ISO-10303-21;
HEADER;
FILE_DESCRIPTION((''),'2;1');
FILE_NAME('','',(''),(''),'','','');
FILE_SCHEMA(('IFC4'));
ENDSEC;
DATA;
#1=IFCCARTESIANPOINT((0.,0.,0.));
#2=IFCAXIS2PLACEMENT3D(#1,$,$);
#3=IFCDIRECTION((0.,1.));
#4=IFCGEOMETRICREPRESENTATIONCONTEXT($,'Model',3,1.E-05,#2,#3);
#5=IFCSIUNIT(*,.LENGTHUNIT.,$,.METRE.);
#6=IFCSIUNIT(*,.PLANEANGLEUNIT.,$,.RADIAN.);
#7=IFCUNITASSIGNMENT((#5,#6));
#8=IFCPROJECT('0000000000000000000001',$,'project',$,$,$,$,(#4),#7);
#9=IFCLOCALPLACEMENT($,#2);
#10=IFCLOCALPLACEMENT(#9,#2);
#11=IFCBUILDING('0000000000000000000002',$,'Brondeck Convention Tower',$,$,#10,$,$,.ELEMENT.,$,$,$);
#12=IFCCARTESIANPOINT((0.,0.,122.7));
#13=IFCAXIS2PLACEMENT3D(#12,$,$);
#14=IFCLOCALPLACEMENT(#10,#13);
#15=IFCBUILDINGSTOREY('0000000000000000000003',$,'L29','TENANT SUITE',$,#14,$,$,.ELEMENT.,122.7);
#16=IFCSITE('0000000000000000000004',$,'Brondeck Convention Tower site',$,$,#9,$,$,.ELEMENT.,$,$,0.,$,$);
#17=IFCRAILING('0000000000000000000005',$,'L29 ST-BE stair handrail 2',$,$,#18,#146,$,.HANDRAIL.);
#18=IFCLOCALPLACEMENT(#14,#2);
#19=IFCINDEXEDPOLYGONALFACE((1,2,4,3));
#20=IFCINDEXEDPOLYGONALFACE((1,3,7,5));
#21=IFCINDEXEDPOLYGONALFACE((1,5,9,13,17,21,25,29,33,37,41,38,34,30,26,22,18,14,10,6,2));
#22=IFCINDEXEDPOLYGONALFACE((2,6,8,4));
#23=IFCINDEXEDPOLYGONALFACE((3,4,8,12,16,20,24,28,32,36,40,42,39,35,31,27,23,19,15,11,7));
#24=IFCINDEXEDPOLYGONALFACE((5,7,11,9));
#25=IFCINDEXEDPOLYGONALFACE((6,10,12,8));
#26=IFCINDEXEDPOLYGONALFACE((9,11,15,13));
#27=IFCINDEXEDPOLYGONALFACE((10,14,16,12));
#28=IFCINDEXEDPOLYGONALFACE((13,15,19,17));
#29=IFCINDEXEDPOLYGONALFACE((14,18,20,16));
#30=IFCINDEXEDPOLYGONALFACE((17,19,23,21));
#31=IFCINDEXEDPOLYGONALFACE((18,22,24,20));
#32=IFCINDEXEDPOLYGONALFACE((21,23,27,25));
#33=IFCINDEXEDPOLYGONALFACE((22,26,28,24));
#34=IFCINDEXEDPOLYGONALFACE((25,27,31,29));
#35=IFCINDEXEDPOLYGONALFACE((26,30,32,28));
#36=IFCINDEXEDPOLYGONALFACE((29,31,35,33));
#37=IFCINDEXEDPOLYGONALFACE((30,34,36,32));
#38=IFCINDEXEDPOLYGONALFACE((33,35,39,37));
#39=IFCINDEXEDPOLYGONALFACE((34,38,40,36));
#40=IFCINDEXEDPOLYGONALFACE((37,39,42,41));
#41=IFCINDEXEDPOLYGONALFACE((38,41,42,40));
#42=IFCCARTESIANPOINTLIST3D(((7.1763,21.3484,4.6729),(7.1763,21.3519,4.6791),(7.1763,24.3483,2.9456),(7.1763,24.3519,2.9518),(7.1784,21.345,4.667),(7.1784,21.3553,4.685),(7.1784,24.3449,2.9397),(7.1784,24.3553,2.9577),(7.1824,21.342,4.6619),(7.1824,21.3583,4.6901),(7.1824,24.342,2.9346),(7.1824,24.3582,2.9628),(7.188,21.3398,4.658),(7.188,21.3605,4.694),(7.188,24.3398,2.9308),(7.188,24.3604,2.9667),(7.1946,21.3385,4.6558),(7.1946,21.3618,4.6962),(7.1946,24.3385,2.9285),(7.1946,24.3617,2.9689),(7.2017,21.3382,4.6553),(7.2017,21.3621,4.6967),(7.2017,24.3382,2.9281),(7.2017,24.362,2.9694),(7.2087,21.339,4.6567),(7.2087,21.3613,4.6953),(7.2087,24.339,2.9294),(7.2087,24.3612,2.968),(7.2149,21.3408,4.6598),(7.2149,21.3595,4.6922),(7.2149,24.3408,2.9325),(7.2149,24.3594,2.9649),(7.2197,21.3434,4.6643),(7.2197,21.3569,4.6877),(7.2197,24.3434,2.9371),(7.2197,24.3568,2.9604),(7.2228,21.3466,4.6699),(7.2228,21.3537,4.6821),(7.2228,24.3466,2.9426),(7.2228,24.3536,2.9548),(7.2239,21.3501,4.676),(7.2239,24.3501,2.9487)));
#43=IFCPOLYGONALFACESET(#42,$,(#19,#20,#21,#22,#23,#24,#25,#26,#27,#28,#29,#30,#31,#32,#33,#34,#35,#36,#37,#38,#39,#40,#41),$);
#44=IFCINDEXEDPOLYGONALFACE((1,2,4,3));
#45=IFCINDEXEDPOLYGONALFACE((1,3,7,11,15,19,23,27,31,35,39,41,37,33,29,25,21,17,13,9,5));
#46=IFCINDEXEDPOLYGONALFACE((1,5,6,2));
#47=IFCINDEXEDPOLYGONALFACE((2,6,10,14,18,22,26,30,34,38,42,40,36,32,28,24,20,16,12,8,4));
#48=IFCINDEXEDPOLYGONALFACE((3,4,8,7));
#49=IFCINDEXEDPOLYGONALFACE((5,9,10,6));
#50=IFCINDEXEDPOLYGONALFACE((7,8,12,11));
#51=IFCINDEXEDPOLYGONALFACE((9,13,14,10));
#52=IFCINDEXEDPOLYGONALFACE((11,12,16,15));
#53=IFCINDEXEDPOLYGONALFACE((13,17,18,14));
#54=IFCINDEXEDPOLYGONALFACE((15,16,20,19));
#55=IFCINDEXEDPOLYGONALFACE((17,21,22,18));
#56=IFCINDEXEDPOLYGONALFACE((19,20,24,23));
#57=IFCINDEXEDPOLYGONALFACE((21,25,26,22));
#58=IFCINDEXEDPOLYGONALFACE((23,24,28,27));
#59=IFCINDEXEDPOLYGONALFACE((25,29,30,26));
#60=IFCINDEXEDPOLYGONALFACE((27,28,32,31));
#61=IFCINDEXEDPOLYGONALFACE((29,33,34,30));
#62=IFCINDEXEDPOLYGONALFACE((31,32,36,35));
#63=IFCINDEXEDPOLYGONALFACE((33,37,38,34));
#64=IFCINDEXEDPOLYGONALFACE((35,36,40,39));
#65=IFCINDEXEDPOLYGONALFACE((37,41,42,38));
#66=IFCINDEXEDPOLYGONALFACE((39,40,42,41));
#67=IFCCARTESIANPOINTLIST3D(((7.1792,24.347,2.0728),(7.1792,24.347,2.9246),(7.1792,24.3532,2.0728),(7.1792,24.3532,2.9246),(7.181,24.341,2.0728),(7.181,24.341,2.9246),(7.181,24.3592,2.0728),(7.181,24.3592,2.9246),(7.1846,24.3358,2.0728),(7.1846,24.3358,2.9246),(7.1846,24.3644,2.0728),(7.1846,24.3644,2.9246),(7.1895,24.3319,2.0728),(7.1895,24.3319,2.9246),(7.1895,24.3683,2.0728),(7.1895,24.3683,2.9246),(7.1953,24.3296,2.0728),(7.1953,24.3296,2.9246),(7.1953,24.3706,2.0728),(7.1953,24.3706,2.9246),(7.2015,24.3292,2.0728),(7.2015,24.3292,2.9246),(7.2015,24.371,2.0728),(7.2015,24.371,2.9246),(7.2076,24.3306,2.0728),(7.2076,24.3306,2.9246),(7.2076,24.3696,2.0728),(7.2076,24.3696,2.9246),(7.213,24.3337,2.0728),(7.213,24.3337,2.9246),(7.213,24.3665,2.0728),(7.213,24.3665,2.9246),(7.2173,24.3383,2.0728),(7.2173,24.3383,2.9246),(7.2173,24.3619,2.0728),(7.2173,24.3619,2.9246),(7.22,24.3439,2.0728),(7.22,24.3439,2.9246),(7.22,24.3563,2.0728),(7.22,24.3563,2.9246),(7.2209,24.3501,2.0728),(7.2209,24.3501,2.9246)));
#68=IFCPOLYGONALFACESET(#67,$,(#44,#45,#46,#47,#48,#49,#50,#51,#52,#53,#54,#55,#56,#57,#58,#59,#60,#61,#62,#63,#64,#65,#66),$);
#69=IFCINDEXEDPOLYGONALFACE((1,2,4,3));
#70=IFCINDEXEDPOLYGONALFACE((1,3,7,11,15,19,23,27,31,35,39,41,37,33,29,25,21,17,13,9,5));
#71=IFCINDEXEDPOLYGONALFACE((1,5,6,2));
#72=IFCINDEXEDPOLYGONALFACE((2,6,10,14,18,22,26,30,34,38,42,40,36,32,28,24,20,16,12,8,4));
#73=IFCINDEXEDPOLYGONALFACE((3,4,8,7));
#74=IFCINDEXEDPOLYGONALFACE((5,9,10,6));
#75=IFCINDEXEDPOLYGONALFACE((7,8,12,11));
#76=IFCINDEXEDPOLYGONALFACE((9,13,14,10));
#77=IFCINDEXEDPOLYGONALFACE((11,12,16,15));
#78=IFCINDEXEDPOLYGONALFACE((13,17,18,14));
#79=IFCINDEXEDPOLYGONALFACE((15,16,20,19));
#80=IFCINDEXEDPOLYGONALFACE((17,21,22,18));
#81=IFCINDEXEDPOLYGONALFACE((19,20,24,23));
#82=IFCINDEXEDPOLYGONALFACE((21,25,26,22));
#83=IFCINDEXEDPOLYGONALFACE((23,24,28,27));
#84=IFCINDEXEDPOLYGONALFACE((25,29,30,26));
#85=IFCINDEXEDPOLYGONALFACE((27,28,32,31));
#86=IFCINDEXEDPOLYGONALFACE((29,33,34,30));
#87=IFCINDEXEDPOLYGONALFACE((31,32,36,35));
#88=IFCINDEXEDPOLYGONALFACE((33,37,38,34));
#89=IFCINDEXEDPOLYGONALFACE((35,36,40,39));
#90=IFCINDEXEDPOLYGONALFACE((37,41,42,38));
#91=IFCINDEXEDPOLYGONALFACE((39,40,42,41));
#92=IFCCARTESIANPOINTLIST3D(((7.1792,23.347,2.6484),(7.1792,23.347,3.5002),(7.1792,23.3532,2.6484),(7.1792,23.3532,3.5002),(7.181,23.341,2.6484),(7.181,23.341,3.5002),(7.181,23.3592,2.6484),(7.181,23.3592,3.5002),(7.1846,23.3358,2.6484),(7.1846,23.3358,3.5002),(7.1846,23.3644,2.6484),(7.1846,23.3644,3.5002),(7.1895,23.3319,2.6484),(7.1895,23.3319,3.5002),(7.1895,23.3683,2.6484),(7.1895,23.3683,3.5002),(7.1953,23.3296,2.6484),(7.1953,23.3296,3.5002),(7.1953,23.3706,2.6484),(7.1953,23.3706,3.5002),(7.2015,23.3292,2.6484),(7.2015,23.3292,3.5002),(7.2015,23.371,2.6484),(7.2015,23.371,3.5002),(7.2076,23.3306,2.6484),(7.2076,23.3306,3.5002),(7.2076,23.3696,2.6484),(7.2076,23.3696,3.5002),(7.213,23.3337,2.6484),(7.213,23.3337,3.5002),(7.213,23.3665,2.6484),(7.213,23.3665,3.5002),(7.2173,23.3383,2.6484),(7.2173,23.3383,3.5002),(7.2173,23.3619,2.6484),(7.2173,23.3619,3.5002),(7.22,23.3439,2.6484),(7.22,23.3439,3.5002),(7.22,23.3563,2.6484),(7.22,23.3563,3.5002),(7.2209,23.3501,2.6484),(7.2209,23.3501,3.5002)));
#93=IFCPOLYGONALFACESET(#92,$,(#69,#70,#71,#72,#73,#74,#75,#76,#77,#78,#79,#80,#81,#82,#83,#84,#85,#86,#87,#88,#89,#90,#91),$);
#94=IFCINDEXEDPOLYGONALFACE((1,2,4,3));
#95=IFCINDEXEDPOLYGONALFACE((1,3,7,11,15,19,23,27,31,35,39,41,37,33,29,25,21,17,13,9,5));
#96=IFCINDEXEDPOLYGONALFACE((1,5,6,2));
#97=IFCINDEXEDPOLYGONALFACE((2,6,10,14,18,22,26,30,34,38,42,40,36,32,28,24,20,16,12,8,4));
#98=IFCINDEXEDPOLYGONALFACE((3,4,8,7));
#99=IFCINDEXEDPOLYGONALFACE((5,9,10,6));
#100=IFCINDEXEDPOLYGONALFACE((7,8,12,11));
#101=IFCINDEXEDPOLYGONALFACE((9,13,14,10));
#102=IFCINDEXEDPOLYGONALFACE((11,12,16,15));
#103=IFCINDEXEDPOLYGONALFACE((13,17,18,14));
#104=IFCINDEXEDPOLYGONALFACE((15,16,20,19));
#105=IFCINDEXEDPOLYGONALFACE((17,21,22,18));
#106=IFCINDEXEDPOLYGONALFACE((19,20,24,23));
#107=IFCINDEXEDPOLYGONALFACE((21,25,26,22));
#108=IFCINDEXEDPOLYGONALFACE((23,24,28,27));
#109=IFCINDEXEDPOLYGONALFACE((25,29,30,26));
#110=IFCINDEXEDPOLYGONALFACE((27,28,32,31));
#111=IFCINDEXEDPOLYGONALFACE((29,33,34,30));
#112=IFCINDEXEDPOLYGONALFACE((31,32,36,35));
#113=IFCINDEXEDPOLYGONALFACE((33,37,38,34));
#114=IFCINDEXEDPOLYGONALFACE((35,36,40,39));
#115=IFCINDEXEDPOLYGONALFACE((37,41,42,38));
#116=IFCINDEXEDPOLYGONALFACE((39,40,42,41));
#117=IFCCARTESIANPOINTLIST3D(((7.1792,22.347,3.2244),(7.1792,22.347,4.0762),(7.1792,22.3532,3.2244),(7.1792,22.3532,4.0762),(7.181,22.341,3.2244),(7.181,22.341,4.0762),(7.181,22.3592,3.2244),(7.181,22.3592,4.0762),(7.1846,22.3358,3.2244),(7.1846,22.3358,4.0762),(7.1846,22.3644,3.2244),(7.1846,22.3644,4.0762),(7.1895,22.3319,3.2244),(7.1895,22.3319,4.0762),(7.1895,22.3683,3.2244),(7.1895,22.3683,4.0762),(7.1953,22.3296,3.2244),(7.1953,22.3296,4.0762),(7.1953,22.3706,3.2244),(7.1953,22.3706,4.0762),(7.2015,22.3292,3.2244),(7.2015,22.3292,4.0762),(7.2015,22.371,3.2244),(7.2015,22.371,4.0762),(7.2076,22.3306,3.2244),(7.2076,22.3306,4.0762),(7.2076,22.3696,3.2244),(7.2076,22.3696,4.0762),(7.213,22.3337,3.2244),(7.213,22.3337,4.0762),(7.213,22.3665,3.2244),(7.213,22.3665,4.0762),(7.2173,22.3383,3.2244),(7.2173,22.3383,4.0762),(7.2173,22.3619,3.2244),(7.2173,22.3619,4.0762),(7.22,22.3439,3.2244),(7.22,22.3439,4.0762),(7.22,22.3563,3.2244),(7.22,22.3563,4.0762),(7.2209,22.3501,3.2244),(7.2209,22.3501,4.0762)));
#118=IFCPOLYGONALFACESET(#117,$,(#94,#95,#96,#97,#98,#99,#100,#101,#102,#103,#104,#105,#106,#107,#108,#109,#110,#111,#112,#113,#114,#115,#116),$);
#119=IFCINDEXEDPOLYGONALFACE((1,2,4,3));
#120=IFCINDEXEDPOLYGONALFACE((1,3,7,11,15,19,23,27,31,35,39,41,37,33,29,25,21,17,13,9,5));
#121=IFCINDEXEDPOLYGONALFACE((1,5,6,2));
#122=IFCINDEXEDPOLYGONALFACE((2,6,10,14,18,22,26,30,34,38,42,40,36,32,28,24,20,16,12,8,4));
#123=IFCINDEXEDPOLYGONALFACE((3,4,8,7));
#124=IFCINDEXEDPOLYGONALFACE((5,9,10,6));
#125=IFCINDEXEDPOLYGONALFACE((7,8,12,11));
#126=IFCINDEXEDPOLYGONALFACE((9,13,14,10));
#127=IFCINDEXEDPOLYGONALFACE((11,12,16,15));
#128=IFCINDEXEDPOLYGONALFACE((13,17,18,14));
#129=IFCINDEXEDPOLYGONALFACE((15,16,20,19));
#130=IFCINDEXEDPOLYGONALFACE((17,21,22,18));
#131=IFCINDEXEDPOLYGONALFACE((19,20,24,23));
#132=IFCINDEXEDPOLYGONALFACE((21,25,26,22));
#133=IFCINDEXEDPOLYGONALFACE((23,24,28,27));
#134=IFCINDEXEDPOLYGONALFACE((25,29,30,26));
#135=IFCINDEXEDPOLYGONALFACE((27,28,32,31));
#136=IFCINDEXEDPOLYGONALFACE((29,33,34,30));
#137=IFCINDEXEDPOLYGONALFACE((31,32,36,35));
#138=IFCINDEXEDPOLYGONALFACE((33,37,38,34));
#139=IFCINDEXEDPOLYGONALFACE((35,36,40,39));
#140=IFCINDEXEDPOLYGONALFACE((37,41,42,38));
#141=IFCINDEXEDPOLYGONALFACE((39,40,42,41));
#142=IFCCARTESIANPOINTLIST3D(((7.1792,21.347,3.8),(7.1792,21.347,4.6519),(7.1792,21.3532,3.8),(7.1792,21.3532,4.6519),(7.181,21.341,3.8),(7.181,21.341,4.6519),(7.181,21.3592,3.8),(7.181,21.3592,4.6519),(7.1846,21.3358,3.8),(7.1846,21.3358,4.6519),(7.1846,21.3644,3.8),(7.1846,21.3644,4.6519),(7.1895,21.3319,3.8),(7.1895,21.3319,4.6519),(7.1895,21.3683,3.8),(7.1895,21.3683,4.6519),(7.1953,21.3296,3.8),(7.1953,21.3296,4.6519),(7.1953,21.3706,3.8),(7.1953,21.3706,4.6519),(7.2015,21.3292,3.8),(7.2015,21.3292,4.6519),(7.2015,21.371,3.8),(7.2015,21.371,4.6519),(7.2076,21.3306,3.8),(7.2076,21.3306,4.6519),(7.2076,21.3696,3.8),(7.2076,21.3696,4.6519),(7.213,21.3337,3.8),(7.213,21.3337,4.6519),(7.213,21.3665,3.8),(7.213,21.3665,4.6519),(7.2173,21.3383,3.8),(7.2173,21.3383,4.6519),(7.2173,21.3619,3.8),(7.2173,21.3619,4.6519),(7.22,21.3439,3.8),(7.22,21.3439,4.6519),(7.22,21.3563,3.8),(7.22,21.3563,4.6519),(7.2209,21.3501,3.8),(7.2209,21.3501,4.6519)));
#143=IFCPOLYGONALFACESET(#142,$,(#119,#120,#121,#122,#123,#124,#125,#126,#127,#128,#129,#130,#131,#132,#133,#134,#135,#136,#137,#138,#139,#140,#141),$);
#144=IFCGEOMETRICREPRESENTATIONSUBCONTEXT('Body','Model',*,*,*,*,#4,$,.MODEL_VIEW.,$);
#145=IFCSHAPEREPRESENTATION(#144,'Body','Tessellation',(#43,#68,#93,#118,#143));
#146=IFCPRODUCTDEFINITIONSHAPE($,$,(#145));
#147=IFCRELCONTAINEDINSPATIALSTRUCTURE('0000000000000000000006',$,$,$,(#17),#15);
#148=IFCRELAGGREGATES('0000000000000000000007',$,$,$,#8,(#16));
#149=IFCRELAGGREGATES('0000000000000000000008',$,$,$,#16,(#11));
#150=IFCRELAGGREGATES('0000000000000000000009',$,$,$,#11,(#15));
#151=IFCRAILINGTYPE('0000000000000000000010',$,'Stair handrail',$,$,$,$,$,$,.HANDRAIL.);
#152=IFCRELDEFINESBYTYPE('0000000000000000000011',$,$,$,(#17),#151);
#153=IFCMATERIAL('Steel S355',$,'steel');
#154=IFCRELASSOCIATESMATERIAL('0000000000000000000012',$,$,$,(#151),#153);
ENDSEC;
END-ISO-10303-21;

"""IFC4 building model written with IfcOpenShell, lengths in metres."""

from ifc_helpers import new_model, si_unit, direction, frame, origin, origin_2d, place, context, subcontext, project, spatial, circle, extrude, material, type_object, element, save


model = new_model("IFC4")

# Units and contexts
model_context = context("Model", 3, precision=1e-05, world=origin(), true_north=direction((0.0, 1.0)))
body_context = subcontext(model_context, "Body", "Model", "MODEL_VIEW")
ifc_project = project(units=[si_unit("LENGTHUNIT", "METRE"), si_unit("PLANEANGLEUNIT", "RADIAN")], contexts=[model_context])

# Site, building, storey
site_placement = place(None, origin())
site = spatial("IfcSite", under=ifc_project, at=site_placement, Name="Brondeck Convention Tower site", CompositionType="ELEMENT", RefElevation=0.0)
building_placement = place(site_placement, origin())
building = spatial("IfcBuilding", under=site, at=building_placement, Name="Brondeck Convention Tower", CompositionType="ELEMENT")
storey_placement = place(building_placement, frame((0.0, 0.0, 122.7)))
storey = spatial("IfcBuildingStorey", under=building, at=storey_placement, Name="L29", Description="TENANT SUITE", CompositionType="ELEMENT", Elevation=122.7)

# Shared definitions
ifc_material_1 = material(Name="Steel S355", Category="steel")

# Railing
railing_type_1 = type_object("IfcRailingType", Name="Stair handrail", PredefinedType="HANDRAIL", material=ifc_material_1)
railing_1_placement = place(storey_placement, frame((7.2, 24.3501, 2.0728)))
element("IfcRailing", 1, at=railing_1_placement, inside=storey, type_object=railing_type_1, Name="L29 ST-BE stair handrail 2", PredefinedType="HANDRAIL", context=body_context, shape_type="SweptSolid", body=[
    extrude(circle(Radius=0.0239, at=origin_2d()), frame((0.0, 0.0, 0.876), z_axis=(0.0, -0.86662, 0.498969), x_axis=(1.0, 0.0, 0.0)), (0.0, 0.0, 1.0), 3.4617),
    extrude(circle(Radius=0.021, at=origin_2d()), origin(), (0.0, 0.0, 1.0), 0.8518),
    extrude(circle(Radius=0.021, at=origin_2d()), frame((0.0, -1.0, 0.5757)), (0.0, 0.0, 1.0), 0.8518),
    extrude(circle(Radius=0.021, at=origin_2d()), frame((0.0, -2.0, 1.1516)), (0.0, 0.0, 1.0), 0.8518),
    extrude(circle(Radius=0.021, at=origin_2d()), frame((0.0, -3.0, 1.7273)), (0.0, 0.0, 1.0), 0.8518),
])

save(model, "model.ifc")
